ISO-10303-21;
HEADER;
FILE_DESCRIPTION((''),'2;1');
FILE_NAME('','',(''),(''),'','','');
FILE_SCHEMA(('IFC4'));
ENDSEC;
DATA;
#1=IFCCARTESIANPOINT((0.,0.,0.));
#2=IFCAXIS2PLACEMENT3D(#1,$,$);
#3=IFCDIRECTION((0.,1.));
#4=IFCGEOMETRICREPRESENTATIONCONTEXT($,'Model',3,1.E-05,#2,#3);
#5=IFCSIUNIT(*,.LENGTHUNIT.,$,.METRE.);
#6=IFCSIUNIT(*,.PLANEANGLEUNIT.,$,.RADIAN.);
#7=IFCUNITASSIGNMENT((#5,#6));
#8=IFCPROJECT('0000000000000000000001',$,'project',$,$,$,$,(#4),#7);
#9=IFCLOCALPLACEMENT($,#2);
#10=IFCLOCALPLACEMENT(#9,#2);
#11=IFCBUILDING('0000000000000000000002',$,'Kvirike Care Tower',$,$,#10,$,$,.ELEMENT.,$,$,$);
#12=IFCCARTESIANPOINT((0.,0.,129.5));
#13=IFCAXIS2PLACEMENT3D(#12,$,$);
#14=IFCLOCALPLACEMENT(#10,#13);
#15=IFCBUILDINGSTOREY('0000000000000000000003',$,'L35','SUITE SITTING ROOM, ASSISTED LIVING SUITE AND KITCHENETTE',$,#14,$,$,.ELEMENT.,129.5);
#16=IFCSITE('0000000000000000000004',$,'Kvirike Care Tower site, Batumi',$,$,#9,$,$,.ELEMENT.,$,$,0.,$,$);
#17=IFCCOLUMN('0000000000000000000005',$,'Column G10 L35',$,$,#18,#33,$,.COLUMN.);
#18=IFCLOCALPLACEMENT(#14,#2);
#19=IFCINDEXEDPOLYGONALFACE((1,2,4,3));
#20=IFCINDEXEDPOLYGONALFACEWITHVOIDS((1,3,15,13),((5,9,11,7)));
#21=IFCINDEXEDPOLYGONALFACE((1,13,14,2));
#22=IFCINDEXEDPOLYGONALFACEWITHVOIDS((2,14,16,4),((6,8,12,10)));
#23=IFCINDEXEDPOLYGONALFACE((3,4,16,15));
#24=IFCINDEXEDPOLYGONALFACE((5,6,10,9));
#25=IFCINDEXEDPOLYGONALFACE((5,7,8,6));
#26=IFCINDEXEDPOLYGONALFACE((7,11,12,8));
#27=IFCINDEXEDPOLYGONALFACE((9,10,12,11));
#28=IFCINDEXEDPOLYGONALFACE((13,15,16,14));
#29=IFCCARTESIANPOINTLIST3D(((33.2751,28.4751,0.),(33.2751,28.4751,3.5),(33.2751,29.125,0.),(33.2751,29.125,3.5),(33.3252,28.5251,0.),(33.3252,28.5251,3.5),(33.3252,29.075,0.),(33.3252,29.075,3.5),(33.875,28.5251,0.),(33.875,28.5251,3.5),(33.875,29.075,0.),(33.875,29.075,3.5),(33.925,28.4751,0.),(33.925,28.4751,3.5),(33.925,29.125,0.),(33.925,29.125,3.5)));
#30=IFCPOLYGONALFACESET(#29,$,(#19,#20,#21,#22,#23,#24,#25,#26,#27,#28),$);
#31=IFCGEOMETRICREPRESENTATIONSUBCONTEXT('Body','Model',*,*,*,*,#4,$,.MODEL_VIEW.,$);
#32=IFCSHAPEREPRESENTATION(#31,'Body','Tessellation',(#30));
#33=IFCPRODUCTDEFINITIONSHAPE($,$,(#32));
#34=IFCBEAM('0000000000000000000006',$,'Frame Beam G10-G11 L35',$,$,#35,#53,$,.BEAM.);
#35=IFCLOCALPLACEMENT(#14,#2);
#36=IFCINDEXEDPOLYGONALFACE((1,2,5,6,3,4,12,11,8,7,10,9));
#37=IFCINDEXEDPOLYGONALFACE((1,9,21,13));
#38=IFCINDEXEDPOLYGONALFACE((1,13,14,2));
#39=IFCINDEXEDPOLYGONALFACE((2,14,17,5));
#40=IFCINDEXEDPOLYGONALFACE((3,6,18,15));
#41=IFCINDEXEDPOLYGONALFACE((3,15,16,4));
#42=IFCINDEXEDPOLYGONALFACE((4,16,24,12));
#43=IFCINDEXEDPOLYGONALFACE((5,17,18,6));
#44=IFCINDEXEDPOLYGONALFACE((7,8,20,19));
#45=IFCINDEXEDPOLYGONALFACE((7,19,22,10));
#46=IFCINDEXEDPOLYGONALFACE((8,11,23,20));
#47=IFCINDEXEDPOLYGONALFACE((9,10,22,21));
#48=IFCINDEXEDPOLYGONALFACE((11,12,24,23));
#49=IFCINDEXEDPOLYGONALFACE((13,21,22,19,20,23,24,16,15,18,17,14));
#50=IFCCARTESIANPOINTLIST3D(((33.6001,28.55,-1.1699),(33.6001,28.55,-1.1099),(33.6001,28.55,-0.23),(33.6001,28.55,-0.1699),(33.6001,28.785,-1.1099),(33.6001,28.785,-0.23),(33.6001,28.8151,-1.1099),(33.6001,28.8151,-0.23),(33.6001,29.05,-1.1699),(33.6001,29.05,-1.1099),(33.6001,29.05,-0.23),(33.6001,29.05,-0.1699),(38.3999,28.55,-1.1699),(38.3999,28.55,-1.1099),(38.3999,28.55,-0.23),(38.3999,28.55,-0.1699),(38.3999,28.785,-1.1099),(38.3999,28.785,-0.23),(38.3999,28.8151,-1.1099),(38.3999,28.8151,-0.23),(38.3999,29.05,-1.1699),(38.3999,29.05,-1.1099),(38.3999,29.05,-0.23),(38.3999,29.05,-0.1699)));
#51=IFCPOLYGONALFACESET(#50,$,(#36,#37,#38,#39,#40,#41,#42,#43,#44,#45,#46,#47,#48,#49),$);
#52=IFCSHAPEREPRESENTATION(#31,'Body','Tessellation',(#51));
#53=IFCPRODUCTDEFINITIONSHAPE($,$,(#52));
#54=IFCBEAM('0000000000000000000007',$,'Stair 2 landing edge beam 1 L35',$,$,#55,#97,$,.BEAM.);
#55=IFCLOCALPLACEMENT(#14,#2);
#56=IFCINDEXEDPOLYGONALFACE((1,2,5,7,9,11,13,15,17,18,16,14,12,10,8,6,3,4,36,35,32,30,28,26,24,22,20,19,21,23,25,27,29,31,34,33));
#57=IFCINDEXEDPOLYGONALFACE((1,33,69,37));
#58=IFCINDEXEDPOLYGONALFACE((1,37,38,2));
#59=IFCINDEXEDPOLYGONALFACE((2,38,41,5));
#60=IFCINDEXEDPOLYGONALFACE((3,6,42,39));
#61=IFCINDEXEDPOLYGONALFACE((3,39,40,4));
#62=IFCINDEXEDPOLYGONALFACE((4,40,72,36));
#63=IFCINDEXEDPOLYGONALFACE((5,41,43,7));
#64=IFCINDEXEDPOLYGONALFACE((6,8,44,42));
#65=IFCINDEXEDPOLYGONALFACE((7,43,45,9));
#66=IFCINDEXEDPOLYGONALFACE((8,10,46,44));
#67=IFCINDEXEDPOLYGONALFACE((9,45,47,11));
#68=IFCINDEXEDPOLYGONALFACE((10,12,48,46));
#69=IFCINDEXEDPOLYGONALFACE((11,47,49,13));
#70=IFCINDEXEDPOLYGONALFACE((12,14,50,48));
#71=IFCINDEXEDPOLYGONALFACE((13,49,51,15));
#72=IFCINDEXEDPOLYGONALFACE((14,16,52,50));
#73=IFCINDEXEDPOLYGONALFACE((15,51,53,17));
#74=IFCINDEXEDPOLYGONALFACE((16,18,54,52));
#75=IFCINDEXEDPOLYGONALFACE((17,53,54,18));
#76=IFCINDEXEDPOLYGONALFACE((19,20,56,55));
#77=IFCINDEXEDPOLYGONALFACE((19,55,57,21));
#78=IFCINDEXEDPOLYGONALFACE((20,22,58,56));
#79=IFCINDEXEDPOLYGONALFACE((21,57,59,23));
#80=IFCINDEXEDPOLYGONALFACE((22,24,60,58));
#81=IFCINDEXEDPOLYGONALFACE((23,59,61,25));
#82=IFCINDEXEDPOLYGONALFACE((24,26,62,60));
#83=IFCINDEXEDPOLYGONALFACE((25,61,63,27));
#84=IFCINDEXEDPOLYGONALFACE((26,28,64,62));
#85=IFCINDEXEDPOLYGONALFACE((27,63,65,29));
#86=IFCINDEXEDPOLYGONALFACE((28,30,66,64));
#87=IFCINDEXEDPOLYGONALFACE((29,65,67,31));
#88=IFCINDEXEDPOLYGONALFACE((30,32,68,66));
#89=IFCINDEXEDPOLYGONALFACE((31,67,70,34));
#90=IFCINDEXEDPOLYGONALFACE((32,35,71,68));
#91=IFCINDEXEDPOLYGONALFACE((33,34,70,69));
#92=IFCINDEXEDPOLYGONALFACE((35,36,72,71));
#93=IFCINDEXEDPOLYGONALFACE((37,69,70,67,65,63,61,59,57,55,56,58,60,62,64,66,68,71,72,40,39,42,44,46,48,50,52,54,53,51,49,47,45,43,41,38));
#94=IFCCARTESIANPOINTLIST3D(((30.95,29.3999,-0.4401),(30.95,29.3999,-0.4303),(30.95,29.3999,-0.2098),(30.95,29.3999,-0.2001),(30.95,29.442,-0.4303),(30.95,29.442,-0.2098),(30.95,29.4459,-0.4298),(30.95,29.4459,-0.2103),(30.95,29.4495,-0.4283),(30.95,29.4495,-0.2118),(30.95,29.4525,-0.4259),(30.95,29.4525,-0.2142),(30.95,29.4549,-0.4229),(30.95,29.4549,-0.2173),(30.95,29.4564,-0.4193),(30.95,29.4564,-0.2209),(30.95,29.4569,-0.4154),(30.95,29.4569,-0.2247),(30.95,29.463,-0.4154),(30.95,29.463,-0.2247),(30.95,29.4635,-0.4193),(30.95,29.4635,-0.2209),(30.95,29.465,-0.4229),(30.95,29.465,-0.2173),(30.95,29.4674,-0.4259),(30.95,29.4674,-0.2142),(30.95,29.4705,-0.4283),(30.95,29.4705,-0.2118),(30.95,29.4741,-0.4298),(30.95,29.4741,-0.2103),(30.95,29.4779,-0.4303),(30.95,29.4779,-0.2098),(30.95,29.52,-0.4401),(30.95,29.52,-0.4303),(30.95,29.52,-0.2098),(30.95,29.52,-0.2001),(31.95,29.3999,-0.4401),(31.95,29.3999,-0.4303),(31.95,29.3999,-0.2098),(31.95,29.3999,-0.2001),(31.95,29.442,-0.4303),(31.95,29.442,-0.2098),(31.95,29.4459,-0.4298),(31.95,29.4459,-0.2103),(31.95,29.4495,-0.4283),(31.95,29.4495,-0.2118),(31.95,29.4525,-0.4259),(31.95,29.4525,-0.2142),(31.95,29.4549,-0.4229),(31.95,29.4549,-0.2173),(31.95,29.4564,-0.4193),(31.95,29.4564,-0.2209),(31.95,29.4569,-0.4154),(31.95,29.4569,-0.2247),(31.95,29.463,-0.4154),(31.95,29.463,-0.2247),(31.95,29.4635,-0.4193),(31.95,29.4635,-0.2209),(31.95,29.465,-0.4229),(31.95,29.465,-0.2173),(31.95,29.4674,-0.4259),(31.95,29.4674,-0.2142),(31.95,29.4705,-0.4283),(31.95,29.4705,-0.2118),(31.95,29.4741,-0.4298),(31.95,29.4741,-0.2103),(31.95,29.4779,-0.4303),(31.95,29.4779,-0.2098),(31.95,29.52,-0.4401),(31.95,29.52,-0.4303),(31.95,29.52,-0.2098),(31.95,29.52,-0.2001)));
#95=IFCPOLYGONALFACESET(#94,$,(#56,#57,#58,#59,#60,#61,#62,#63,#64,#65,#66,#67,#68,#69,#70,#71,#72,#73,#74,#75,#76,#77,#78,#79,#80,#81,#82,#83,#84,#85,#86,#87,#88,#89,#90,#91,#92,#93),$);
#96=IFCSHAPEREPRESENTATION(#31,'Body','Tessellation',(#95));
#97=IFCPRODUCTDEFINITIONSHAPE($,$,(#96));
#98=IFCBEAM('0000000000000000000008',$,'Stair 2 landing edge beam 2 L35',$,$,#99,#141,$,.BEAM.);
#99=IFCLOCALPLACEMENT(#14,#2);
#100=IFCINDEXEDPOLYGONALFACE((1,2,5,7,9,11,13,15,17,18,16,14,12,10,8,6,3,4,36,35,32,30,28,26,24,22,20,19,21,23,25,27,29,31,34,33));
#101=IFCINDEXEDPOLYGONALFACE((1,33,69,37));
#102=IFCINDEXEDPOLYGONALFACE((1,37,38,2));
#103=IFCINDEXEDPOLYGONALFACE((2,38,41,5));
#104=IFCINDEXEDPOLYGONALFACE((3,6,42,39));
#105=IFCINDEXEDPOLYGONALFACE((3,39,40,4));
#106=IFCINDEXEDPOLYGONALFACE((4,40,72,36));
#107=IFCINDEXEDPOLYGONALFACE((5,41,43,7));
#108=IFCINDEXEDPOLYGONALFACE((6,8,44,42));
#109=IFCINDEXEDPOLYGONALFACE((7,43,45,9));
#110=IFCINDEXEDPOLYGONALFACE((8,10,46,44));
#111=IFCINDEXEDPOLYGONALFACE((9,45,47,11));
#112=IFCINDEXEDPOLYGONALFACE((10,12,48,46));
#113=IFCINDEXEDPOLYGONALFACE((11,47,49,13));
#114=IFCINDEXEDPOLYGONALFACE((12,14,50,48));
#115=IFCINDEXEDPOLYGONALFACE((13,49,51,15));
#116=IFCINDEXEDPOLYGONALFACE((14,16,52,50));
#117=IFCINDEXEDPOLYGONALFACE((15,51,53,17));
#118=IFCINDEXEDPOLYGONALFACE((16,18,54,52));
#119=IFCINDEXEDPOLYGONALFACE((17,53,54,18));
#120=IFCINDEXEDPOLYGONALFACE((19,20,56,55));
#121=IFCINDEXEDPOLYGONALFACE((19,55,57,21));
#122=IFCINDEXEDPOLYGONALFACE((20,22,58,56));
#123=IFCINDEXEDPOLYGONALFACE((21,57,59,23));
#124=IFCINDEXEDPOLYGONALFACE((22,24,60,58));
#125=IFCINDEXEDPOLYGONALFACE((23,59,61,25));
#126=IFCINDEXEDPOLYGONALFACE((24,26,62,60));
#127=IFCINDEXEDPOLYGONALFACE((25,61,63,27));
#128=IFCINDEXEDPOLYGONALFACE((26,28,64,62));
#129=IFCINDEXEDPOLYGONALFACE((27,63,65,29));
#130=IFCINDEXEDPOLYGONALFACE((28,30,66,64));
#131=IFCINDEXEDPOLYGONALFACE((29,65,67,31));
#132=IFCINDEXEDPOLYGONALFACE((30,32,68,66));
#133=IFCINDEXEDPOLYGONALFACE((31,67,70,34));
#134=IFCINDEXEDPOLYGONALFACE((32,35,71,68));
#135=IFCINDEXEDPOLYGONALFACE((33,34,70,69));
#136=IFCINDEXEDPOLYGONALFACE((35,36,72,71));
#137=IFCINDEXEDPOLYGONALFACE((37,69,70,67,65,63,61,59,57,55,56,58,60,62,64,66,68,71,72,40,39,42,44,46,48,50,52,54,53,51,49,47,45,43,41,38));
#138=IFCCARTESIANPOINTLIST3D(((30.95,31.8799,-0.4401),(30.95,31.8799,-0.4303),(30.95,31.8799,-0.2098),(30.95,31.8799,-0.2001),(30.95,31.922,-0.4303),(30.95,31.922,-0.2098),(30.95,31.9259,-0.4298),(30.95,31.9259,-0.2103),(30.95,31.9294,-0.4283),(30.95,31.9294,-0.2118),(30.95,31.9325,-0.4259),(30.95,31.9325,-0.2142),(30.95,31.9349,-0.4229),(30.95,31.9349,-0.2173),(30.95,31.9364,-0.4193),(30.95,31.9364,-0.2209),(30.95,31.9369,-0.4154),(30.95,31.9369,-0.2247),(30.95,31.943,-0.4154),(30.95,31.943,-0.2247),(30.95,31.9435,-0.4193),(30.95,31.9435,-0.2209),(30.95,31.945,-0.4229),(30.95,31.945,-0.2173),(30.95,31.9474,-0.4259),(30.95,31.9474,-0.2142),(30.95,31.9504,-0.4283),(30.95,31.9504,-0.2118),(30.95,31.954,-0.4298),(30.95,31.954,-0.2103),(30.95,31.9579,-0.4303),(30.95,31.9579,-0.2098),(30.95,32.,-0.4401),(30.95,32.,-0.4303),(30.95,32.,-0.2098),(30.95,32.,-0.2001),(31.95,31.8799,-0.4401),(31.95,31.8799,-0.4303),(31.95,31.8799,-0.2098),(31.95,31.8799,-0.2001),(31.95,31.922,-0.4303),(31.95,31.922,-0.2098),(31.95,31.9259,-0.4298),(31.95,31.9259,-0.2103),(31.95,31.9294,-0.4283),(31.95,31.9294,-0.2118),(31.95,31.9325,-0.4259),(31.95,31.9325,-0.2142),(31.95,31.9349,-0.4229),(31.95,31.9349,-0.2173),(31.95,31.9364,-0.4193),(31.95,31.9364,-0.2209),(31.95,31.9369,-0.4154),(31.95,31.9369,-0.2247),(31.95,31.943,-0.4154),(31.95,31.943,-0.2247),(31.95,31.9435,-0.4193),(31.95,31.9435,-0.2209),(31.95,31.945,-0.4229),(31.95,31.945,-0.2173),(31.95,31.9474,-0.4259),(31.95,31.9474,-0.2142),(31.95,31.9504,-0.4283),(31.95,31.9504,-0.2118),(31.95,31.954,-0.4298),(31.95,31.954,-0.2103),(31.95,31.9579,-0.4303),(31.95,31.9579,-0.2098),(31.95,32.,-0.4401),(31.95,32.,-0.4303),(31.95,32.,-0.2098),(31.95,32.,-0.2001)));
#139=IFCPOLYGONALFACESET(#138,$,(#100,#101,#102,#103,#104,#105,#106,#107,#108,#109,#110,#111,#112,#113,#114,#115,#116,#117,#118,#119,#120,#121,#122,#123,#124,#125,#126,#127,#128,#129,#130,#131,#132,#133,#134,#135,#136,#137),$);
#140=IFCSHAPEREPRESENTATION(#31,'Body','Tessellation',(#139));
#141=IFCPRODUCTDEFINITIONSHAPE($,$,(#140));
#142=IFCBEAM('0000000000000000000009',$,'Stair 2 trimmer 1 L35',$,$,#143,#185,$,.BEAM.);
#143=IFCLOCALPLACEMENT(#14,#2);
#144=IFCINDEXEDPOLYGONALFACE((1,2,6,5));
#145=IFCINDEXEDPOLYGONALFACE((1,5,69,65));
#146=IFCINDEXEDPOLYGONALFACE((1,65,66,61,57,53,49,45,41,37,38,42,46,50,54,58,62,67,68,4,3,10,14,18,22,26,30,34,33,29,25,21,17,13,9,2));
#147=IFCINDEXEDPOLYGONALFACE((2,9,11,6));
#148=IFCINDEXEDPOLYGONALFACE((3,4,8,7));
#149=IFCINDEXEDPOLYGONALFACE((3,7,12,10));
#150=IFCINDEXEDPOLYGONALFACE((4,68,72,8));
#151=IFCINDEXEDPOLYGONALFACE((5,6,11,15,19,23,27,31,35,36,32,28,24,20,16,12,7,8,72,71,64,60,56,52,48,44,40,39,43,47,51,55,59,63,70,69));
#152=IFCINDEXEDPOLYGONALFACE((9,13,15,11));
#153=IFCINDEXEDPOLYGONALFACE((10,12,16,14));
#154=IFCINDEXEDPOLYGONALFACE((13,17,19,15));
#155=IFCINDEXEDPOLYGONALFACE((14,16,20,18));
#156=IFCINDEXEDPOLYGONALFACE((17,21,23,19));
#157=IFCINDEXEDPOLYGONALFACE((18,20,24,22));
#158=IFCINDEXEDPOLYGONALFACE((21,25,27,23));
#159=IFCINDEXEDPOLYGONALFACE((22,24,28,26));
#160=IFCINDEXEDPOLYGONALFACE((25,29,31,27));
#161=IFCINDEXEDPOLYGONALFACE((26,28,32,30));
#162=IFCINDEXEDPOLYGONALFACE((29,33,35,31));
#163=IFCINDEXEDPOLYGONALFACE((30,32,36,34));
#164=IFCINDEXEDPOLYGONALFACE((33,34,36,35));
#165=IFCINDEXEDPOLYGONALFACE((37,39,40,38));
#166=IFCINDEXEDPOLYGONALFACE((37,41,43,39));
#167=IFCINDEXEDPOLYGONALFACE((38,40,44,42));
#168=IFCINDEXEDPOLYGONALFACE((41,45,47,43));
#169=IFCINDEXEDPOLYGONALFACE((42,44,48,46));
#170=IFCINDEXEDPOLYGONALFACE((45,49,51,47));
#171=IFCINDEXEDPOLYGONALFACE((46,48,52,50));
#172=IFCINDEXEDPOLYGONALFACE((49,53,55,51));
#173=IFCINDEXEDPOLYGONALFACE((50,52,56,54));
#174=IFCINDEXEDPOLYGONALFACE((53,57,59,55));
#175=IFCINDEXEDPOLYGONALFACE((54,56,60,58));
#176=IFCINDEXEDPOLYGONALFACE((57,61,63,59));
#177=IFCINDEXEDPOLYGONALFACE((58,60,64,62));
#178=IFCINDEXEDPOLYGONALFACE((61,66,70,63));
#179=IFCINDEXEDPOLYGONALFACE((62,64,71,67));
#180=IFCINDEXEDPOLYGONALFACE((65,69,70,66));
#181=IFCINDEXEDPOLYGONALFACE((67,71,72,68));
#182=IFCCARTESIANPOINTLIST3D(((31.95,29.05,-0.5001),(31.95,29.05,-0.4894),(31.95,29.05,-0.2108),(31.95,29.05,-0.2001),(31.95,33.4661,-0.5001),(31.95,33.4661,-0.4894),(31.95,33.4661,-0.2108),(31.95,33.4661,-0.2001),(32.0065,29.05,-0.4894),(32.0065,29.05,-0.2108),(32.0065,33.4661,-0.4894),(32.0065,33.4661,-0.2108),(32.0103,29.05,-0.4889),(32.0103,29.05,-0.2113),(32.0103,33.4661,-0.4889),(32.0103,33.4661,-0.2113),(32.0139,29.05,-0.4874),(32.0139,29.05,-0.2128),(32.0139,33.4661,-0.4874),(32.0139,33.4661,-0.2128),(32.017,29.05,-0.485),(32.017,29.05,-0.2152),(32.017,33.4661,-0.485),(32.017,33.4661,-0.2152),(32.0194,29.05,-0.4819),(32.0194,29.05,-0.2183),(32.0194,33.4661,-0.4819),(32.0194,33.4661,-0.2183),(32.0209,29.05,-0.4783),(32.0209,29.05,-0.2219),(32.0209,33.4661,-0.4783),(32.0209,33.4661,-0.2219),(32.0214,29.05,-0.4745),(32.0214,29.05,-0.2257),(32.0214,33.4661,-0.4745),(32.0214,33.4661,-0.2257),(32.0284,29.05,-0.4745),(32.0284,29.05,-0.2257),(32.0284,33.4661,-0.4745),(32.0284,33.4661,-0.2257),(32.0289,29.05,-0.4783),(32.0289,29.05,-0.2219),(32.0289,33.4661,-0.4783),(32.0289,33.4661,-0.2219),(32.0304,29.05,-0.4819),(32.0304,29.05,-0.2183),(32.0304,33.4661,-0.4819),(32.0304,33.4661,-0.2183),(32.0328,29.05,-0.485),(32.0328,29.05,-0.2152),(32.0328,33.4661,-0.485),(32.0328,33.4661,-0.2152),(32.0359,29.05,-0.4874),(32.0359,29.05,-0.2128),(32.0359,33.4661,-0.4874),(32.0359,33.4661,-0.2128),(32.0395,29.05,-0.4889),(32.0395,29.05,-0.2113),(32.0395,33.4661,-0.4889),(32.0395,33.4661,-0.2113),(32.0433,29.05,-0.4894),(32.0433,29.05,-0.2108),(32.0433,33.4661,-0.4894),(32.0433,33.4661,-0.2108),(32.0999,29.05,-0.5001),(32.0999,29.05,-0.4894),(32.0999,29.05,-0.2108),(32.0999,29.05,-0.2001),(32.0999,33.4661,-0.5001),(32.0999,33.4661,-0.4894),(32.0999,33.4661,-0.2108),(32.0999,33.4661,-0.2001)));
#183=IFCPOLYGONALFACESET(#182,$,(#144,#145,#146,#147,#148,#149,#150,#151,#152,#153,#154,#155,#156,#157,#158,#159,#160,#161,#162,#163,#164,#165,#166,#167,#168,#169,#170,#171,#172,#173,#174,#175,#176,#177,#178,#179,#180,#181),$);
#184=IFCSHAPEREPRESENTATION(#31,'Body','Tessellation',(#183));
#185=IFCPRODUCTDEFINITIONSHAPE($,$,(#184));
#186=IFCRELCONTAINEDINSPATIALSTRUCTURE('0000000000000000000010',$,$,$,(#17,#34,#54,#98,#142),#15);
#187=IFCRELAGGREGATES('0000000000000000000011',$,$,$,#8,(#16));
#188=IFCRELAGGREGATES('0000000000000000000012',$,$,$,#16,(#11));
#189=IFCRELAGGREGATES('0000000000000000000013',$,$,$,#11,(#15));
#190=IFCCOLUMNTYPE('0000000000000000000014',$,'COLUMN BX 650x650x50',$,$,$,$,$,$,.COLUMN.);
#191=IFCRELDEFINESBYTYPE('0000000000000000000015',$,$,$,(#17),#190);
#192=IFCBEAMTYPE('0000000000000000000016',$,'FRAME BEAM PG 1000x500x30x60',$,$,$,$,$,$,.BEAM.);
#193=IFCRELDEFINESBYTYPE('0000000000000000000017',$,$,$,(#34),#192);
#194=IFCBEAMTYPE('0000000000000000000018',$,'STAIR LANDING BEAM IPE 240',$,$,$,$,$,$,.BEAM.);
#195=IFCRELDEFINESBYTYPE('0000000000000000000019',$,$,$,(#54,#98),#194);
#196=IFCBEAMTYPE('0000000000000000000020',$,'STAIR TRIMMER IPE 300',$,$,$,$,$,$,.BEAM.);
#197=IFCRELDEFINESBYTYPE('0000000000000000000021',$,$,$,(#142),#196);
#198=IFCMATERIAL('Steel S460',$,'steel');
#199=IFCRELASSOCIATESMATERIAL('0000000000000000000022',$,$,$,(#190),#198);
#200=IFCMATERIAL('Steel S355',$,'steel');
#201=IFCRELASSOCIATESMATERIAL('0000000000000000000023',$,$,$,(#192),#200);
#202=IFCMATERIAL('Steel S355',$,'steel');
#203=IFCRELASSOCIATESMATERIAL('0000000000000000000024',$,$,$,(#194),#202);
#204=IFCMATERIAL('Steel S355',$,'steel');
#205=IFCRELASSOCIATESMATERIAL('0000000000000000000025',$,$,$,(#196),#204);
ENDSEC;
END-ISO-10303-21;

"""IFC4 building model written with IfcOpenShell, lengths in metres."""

from ifc_helpers import new_model, si_unit, direction, frame, origin, origin_2d, place, context, subcontext, project, spatial, hollow_rectangle, i_section, extrude, material, material_profile, profile_set, type_object, element, save


model = new_model("IFC4")

# Units and contexts
model_context = context("Model", 3, precision=1e-05, world=origin(), true_north=direction((0.0, 1.0)))
body_context = subcontext(model_context, "Body", "Model", "MODEL_VIEW")
ifc_project = project(units=[si_unit("LENGTHUNIT", "METRE"), si_unit("PLANEANGLEUNIT", "RADIAN")], contexts=[model_context])

# Site, building, storey
site_placement = place(None, origin())
site = spatial("IfcSite", under=ifc_project, at=site_placement, Name="Kvirike Care Tower site, Batumi", CompositionType="ELEMENT", RefElevation=0.0)
building_placement = place(site_placement, origin())
building = spatial("IfcBuilding", under=site, at=building_placement, Name="Kvirike Care Tower", CompositionType="ELEMENT")
storey_placement = place(building_placement, frame((0.0, 0.0, 129.5)))
storey = spatial("IfcBuildingStorey", under=building, at=storey_placement, Name="L35", Description="SUITE SITTING ROOM, ASSISTED LIVING SUITE AND KITCHENETTE", CompositionType="ELEMENT", Elevation=129.5)

# Column
ifc_material_1 = material(Name="Steel S460", Category="steel")
ifc_material_profile_1 = material_profile(ifc_material_1, hollow_rectangle(XDim=0.6499, YDim=0.6499, WallThickness=0.05, at=origin_2d()), Name="BX 650x650x50")
ifc_profile_set_1 = profile_set([ifc_material_profile_1], Name="Steel S460")
column_type = type_object("IfcColumnType", Name="COLUMN BX 650x650x50", PredefinedType="COLUMN", material=ifc_profile_set_1)
column_placement = place(storey_placement, frame((33.6001, 28.8, 0.0), z_axis=(0.0, 0.0, 1.0), x_axis=(0.0, 1.0, 0.0)))
element("IfcColumn", 1, at=column_placement, inside=storey, type_object=column_type, Name="Column G10 L35", PredefinedType="COLUMN", context=body_context, shape_type="SweptSolid", body=[
    extrude(hollow_rectangle(XDim=0.6499, YDim=0.6499, WallThickness=0.05, at=origin_2d()), origin(), (0.0, 0.0, 1.0), 3.5),
])

# Beams
ifc_material_2 = material(Name="Steel S355", Category="steel")
ifc_material_profile_2 = material_profile(ifc_material_2, i_section(OverallWidth=0.5, OverallDepth=1.0, WebThickness=0.03, FlangeThickness=0.0601, at=origin_2d()), Name="PG 1000x500x30x60")
ifc_profile_set_2 = profile_set([ifc_material_profile_2], Name="Steel S355")
beam_type_1 = type_object("IfcBeamType", Name="FRAME BEAM PG 1000x500x30x60", PredefinedType="BEAM", material=ifc_profile_set_2)
beam_placement = place(storey_placement, frame((33.6001, 28.8, -0.6699), z_axis=(1.0, 0.0, 0.0), x_axis=(0.0, 1.0, 0.0)))
element("IfcBeam", 2, at=beam_placement, inside=storey, type_object=beam_type_1, Name="Frame Beam G10-G11 L35", PredefinedType="BEAM", context=body_context, shape_type="SweptSolid", body=[
    extrude(i_section(OverallWidth=0.5, OverallDepth=1.0, WebThickness=0.03, FlangeThickness=0.0601, at=origin_2d()), origin(), (0.0, 0.0, 1.0), 4.7998),
])
ifc_material_3 = material(Name="Steel S355", Category="steel")
ifc_material_profile_3 = material_profile(ifc_material_3, i_section(OverallWidth=0.1201, OverallDepth=0.24, WebThickness=0.0061, FlangeThickness=0.0098, FilletRadius=0.0149, at=origin_2d()), Name="IPE 240")
ifc_profile_set_3 = profile_set([ifc_material_profile_3], Name="Steel S355")
beam_type_2 = type_object("IfcBeamType", Name="STAIR LANDING BEAM IPE 240", PredefinedType="BEAM", material=ifc_profile_set_3)
for number, where, z_axis, x_axis, name in (
    (3, (31.95, 29.46, -0.3201), (-1.0, 0.0, 0.0), (0.0, -1.0, 0.0), "Stair 2 landing edge beam 1 L35"),
    (4, (31.95, 31.9399, -0.3201), (-1.0, 0.0, 0.0), (0.0, -1.0, 0.0), "Stair 2 landing edge beam 2 L35"),
):
    element("IfcBeam", number, at=place(storey_placement, frame(where, z_axis=z_axis, x_axis=x_axis)), inside=storey, type_object=beam_type_2, Name=name, PredefinedType="BEAM", context=body_context, shape_type="SweptSolid", body=[
        extrude(i_section(OverallWidth=0.1201, OverallDepth=0.24, WebThickness=0.0061, FlangeThickness=0.0098, FilletRadius=0.0149, at=origin_2d()), origin(), (0.0, 0.0, 1.0), 1.0),
    ])
ifc_material_4 = material(Name="Steel S355", Category="steel")
ifc_material_profile_4 = material_profile(ifc_material_4, i_section(OverallWidth=0.1499, OverallDepth=0.3, WebThickness=0.0071, FlangeThickness=0.0107, FilletRadius=0.0149, at=origin_2d()), Name="IPE 300")
ifc_profile_set_4 = profile_set([ifc_material_profile_4], Name="Steel S355")
beam_type_3 = type_object("IfcBeamType", Name="STAIR TRIMMER IPE 300", PredefinedType="BEAM", material=ifc_profile_set_4)
for number, where, z_axis, x_axis, name in (
    (5, (32.0249, 29.05, -0.3501), (0.0, 1.0, 0.0), (-1.0, 0.0, 0.0), "Stair 2 trimmer 1 L35"),
):
    element("IfcBeam", number, at=place(storey_placement, frame(where, z_axis=z_axis, x_axis=x_axis)), inside=storey, type_object=beam_type_3, Name=name, PredefinedType="BEAM", context=body_context, shape_type="SweptSolid", body=[
        extrude(i_section(OverallWidth=0.1499, OverallDepth=0.3, WebThickness=0.0071, FlangeThickness=0.0107, FilletRadius=0.0149, at=origin_2d()), origin(), (0.0, 0.0, 1.0), 4.416),
    ])

save(model, "model.ifc")
